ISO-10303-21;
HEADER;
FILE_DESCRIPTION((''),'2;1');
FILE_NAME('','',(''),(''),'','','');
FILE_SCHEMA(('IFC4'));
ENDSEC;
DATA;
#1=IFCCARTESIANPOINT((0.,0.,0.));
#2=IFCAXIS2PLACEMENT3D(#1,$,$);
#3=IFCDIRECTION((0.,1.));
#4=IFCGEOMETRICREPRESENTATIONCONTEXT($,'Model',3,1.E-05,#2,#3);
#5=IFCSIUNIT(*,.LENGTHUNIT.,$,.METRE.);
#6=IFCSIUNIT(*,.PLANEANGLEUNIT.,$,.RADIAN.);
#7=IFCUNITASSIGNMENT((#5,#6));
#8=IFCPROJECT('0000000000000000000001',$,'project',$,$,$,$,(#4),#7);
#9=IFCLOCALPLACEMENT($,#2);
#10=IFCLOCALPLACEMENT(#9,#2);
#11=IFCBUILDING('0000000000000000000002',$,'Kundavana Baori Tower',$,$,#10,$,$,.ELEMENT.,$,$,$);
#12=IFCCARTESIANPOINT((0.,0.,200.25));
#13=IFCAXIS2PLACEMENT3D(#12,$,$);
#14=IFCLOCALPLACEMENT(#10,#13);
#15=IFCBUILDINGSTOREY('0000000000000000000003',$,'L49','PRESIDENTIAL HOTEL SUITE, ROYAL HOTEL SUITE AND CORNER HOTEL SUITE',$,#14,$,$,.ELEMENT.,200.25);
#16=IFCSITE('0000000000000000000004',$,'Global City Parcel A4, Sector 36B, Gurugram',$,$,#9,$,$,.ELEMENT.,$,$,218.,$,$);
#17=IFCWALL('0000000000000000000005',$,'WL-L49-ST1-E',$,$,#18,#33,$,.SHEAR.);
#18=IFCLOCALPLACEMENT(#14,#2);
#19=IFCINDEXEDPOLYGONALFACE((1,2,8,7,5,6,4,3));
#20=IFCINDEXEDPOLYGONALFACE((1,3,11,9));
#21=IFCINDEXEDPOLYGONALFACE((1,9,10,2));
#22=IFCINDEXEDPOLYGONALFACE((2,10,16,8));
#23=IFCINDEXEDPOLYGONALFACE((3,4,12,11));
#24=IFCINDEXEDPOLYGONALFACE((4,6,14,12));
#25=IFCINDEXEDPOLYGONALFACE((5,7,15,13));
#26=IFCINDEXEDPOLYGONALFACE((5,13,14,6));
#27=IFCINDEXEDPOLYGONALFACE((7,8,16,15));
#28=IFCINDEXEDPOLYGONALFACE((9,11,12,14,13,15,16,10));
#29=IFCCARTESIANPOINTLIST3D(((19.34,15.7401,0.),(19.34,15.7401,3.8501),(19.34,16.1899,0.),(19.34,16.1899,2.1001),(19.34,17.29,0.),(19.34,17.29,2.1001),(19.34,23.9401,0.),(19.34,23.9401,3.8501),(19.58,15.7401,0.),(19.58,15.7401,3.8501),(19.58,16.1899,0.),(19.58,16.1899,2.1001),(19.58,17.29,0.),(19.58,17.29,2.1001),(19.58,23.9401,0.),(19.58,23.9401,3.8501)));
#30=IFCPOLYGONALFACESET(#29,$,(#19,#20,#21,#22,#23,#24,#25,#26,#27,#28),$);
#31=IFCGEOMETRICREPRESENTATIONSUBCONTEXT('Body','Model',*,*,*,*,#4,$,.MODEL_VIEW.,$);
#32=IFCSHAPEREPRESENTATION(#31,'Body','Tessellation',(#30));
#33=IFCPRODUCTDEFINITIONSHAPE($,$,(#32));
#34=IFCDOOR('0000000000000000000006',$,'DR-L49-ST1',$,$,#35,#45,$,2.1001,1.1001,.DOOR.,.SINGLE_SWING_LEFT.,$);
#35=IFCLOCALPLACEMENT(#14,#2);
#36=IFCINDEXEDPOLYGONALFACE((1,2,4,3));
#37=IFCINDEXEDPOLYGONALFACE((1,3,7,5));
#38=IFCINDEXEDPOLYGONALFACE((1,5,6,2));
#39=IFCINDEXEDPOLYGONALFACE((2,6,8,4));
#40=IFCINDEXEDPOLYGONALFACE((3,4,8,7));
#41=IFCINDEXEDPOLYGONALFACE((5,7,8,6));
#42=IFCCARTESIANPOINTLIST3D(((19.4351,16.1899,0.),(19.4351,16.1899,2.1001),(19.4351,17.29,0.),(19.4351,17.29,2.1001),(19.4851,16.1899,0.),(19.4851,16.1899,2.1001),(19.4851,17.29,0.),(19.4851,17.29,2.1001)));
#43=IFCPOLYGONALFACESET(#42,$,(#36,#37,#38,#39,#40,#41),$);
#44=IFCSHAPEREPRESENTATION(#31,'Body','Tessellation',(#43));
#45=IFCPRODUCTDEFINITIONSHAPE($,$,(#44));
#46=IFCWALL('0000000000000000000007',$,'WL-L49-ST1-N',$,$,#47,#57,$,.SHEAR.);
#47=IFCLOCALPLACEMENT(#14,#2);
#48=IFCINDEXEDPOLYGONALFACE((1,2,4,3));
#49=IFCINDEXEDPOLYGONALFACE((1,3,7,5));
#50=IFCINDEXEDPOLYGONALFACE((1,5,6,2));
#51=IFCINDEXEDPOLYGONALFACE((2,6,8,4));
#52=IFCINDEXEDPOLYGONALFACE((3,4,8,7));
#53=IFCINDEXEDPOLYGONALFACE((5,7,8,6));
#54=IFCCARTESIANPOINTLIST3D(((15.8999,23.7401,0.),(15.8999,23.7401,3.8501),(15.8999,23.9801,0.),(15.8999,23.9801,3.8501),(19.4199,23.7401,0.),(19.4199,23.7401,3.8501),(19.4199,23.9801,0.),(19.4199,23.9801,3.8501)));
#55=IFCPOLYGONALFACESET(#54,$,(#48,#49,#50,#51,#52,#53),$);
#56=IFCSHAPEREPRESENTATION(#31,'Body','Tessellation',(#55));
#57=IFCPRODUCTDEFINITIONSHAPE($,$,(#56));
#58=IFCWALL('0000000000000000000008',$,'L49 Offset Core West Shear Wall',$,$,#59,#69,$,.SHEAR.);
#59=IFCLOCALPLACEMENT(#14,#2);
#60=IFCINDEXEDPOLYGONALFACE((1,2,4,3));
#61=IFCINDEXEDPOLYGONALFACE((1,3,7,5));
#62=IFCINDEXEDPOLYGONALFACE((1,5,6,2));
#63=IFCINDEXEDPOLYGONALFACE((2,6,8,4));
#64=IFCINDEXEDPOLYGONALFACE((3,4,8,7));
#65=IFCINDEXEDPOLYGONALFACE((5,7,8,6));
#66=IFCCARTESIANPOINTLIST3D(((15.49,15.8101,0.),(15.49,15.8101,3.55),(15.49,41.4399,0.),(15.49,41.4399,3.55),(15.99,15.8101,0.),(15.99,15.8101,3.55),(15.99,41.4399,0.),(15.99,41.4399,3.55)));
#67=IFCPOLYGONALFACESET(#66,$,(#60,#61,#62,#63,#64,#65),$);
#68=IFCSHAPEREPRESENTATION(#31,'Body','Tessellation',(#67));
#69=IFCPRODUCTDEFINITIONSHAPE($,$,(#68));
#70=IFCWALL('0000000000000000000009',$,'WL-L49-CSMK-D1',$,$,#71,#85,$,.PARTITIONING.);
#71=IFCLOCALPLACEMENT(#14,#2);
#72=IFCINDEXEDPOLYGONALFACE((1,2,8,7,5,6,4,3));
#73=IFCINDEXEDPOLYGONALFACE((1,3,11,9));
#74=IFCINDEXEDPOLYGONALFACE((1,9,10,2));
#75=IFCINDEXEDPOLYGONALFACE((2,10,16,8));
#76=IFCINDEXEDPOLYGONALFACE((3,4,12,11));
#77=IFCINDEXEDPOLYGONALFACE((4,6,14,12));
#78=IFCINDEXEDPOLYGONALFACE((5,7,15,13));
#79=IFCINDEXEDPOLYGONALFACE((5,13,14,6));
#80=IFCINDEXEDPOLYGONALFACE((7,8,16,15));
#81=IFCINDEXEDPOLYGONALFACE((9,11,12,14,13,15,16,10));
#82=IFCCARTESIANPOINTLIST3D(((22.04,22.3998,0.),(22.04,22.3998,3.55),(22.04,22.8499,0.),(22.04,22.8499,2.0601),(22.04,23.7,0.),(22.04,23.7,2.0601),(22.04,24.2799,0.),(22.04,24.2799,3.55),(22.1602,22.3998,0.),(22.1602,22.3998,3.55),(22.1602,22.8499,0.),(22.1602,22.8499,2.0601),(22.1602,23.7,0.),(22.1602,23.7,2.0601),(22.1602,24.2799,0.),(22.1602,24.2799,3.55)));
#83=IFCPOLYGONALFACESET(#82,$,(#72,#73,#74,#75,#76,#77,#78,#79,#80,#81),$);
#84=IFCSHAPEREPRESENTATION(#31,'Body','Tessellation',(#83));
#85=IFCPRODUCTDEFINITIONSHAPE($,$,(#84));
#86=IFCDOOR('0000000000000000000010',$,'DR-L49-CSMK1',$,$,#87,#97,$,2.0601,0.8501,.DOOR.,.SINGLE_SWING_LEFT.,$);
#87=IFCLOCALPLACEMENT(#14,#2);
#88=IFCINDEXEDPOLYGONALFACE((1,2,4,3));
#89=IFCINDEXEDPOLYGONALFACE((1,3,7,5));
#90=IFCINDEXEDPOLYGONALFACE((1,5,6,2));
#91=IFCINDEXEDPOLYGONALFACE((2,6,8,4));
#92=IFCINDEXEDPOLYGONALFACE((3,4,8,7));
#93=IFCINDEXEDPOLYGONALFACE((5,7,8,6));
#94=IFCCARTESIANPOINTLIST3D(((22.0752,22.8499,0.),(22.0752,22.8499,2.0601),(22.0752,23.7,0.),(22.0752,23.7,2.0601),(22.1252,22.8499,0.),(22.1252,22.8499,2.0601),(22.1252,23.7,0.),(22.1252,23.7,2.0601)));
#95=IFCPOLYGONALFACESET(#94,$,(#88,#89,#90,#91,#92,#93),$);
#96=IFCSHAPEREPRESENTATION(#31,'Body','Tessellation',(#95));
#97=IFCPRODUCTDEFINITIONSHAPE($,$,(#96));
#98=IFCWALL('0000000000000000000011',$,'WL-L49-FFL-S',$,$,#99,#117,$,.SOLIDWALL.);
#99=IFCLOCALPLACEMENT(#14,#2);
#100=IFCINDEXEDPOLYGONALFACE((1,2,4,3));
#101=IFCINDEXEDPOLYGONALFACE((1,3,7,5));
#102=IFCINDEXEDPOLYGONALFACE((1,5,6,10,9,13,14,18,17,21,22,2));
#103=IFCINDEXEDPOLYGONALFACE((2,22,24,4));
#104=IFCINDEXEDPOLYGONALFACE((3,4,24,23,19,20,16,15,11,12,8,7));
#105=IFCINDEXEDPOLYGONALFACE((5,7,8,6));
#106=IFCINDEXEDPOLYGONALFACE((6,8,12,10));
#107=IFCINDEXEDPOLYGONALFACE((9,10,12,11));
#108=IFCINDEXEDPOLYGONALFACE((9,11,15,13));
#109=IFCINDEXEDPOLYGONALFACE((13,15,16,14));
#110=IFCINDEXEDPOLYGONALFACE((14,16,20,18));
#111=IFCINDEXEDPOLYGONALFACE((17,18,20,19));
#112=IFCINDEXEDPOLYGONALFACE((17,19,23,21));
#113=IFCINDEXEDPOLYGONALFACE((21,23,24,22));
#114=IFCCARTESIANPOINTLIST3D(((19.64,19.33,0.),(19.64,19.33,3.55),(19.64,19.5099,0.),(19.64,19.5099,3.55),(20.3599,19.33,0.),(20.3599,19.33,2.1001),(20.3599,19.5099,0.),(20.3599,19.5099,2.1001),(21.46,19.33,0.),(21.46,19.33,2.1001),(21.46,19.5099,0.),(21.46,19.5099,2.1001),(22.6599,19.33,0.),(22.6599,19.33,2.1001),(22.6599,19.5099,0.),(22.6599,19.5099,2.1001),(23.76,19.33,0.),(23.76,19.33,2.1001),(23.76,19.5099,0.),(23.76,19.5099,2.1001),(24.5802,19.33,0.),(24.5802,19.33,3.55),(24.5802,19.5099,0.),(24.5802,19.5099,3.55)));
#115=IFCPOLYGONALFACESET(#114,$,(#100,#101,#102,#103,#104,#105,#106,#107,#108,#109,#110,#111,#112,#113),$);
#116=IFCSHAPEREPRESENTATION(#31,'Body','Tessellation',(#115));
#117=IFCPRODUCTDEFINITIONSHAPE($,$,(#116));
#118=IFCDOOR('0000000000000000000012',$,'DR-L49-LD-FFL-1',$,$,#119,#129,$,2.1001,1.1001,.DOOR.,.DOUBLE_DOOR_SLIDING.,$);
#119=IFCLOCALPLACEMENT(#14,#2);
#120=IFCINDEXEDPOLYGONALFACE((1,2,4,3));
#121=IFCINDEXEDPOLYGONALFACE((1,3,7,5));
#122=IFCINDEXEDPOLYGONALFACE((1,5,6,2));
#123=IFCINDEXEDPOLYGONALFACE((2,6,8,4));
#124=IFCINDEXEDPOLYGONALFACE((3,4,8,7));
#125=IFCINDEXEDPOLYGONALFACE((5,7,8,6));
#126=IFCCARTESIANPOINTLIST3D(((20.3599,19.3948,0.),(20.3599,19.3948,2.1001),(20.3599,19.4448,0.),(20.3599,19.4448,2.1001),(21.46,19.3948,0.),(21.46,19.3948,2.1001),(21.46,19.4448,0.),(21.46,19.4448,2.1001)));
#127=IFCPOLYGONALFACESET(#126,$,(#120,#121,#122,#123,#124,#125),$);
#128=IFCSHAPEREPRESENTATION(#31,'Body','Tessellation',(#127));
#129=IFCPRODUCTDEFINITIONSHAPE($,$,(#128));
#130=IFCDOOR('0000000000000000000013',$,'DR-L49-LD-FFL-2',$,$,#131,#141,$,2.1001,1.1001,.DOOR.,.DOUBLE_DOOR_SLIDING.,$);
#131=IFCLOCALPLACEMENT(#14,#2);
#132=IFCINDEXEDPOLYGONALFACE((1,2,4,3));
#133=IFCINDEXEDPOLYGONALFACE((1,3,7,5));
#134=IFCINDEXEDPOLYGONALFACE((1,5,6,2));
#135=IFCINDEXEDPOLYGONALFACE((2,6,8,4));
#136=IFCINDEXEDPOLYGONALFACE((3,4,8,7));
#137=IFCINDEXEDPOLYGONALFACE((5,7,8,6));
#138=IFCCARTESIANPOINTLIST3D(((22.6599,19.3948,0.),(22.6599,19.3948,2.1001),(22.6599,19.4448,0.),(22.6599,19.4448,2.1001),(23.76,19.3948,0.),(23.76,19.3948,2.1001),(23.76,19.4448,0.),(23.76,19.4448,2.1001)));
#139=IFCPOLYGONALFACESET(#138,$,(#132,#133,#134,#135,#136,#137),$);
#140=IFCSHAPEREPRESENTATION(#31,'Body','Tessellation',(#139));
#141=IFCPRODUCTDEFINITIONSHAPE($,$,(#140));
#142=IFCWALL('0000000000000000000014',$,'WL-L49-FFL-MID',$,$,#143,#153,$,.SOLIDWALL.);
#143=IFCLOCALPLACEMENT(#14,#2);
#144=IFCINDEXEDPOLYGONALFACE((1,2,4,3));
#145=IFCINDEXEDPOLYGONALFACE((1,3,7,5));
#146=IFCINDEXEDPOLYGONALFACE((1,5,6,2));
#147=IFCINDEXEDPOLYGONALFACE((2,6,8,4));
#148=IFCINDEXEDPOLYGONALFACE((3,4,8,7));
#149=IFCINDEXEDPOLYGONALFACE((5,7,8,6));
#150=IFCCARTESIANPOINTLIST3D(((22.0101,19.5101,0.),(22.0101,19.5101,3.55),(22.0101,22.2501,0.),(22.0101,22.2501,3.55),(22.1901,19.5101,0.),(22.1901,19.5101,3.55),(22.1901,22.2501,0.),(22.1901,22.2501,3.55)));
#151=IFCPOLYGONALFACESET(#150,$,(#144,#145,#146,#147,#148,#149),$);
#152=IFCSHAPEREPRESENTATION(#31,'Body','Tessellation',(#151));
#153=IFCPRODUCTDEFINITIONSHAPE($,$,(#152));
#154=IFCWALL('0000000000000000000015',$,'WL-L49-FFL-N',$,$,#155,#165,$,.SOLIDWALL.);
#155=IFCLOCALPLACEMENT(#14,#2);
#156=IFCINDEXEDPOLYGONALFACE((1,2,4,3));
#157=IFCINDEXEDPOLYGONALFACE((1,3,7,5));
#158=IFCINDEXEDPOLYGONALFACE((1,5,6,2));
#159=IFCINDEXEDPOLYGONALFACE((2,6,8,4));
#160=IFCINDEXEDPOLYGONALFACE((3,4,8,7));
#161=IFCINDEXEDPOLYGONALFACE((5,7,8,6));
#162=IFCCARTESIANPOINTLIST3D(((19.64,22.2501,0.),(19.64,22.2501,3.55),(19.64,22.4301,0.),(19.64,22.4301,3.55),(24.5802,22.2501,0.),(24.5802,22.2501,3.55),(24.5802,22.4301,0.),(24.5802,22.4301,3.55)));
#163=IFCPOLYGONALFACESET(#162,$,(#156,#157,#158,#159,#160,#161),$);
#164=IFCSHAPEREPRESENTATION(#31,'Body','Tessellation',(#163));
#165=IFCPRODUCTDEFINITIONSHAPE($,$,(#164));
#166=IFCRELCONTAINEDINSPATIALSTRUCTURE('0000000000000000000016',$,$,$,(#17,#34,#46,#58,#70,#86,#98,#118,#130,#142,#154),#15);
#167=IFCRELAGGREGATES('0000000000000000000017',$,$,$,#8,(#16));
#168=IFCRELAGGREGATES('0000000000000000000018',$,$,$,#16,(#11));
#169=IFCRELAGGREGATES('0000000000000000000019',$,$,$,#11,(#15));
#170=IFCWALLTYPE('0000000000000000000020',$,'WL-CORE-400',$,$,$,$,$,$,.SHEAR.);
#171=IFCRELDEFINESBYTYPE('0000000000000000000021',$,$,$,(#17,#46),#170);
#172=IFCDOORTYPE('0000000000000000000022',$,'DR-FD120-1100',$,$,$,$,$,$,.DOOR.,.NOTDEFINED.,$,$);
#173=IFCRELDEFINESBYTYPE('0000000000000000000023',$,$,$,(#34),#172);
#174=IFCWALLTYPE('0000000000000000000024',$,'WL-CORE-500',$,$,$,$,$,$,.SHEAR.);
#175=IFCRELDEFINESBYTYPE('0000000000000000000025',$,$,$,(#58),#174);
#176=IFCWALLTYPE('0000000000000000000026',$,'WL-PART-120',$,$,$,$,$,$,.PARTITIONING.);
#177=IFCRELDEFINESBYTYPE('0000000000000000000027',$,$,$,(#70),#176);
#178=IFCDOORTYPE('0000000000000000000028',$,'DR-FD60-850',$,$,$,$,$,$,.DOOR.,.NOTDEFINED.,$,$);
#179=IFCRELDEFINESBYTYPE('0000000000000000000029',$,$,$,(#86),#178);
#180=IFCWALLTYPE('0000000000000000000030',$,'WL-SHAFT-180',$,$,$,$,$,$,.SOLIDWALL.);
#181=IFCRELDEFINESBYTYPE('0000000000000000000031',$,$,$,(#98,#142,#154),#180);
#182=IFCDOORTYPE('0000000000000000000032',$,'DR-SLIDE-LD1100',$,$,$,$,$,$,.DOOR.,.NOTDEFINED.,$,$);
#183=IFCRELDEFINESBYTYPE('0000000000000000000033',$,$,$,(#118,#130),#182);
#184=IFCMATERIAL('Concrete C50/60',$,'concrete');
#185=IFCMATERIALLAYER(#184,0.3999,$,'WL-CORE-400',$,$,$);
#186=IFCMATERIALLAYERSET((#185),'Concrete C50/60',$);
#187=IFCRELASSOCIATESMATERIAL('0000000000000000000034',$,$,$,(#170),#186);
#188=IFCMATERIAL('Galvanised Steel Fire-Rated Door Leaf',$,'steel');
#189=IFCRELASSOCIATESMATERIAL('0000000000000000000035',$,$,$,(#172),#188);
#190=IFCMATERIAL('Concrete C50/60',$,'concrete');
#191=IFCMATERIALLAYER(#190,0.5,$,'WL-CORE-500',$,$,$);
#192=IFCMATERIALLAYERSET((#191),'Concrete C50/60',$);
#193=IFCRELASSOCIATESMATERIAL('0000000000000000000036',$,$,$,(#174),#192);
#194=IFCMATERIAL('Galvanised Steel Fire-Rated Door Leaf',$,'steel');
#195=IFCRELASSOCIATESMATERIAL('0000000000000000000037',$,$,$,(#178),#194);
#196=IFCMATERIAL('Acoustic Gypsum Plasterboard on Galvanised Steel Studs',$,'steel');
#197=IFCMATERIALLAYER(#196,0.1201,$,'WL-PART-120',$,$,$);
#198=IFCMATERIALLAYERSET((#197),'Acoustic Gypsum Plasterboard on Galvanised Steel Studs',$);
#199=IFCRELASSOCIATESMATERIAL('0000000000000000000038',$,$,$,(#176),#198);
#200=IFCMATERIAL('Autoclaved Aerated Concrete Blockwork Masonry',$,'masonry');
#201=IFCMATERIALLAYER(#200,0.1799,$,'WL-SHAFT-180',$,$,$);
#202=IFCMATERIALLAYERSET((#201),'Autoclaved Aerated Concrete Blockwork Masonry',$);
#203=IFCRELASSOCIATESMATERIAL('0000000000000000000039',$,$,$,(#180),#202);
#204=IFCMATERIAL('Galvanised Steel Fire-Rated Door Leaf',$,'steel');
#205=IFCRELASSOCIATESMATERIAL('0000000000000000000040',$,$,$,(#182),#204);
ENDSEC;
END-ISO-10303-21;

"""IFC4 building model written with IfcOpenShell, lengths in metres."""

from ifc_helpers import new_model, si_unit, direction, frame, frame_2d, origin, place, context, subcontext, project, spatial, rectangle, extrude, material, layer, layer_set, type_object, element, fill, save


model = new_model("IFC4")

# Units and contexts
model_context = context("Model", 3, precision=1e-05, world=origin(), true_north=direction((0.0, 1.0)))
body_context = subcontext(model_context, "Body", "Model", "MODEL_VIEW")
ifc_project = project(units=[si_unit("LENGTHUNIT", "METRE"), si_unit("PLANEANGLEUNIT", "RADIAN")], contexts=[model_context])

# Site, building, storey
site_placement = place(None, origin())
site = spatial("IfcSite", under=ifc_project, at=site_placement, Name="Global City Parcel A4, Sector 36B, Gurugram", CompositionType="ELEMENT", RefElevation=218.0)
building_placement = place(site_placement, origin())
building = spatial("IfcBuilding", under=site, at=building_placement, Name="Kundavana Baori Tower", CompositionType="ELEMENT")
storey_placement = place(building_placement, frame((0.0, 0.0, 200.25)))
storey = spatial("IfcBuildingStorey", under=building, at=storey_placement, Name="L49", Description="PRESIDENTIAL HOTEL SUITE, ROYAL HOTEL SUITE AND CORNER HOTEL SUITE", CompositionType="ELEMENT", Elevation=200.25)

# Wall, opening, door
ifc_material_1 = material(Name="Concrete C50/60", Category="concrete")
ifc_layer_1 = layer(ifc_material_1, 0.3999, Name="WL-CORE-400")
ifc_layer_set_1 = layer_set([ifc_layer_1], Name="Concrete C50/60")
wall_type_1 = type_object("IfcWallType", Name="WL-CORE-400", PredefinedType="SHEAR", material=ifc_layer_set_1)
wall_1_placement = place(storey_placement, frame((19.46, 15.74, 0.0), z_axis=(0.0, 0.0, 1.0), x_axis=(0.0, 1.0, 0.0)))
wall_1 = element("IfcWall", 1, at=wall_1_placement, inside=storey, type_object=wall_type_1, Name="WL-L49-ST1-E", PredefinedType="SHEAR", context=body_context, shape_type="SweptSolid", body=[
    extrude(rectangle(XDim=8.2, YDim=0.24, at=frame_2d((4.1001, 0.0))), origin(), (0.0, 0.0, 1.0), 3.8501),
])
opening_1_placement = place(wall_1_placement, frame((0.45, 0.0, 0.0)))
opening_1 = element("IfcOpeningElement", 2, at=opening_1_placement, cuts=wall_1, PredefinedType="OPENING", context=body_context, shape_type="SweptSolid", body=[
    extrude(rectangle(XDim=1.1001, YDim=2.1001, at=frame_2d((0.55, 1.05))), frame((0.0, 0.1299, 0.0), z_axis=(0.0, -1.0, 0.0), x_axis=(1.0, 0.0, 0.0)), (0.0, 0.0, 1.0), 0.26),
])
ifc_material_2 = material(Name="Galvanised Steel Fire-Rated Door Leaf", Category="steel")
door_type_1 = type_object("IfcDoorType", Name="DR-FD120-1100", OperationType="NOTDEFINED", PredefinedType="DOOR", material=ifc_material_2)
door_1_placement = place(opening_1_placement, origin())
door_1 = element("IfcDoor", 3, at=door_1_placement, inside=storey, type_object=door_type_1, Name="DR-L49-ST1", OperationType="SINGLE_SWING_LEFT", OverallHeight=2.1001, OverallWidth=1.1001, PredefinedType="DOOR", context=body_context, shape_type="SweptSolid", body=[
    extrude(rectangle(XDim=1.1001, YDim=2.1001, at=frame_2d((0.55, 1.05))), frame((0.0, 0.0249, 0.0), z_axis=(0.0, -1.0, 0.0), x_axis=(1.0, 0.0, 0.0)), (0.0, 0.0, 1.0), 0.05),
])
fill(opening_1, door_1)

# Walls
wall_2_placement = place(storey_placement, frame((15.8999, 23.8601, 0.0), z_axis=(0.0, 0.0, 1.0), x_axis=(1.0, 0.0, 0.0)))
element("IfcWall", 4, at=wall_2_placement, inside=storey, type_object=wall_type_1, Name="WL-L49-ST1-N", PredefinedType="SHEAR", context=body_context, shape_type="SweptSolid", body=[
    extrude(rectangle(XDim=3.52, YDim=0.24, at=frame_2d((1.76, 0.0))), origin(), (0.0, 0.0, 1.0), 3.8501),
])
ifc_material_3 = material(Name="Concrete C50/60", Category="concrete")
ifc_layer_2 = layer(ifc_material_3, 0.5, Name="WL-CORE-500")
ifc_layer_set_2 = layer_set([ifc_layer_2], Name="Concrete C50/60")
wall_type_2 = type_object("IfcWallType", Name="WL-CORE-500", PredefinedType="SHEAR", material=ifc_layer_set_2)
wall_3_placement = place(storey_placement, frame((15.74, 15.8101, 0.0), z_axis=(0.0, 0.0, 1.0), x_axis=(0.0, 1.0, 0.0)))
element("IfcWall", 5, at=wall_3_placement, inside=storey, type_object=wall_type_2, Name="L49 Offset Core West Shear Wall", PredefinedType="SHEAR", context=body_context, shape_type="SweptSolid", body=[
    extrude(rectangle(XDim=25.6299, YDim=0.5, at=frame_2d((12.8149, 0.0))), origin(), (0.0, 0.0, 1.0), 3.55),
])

# Shared definitions
ifc_material_4 = material(Name="Galvanised Steel Fire-Rated Door Leaf", Category="steel")
door_type_2 = type_object("IfcDoorType", Name="DR-FD60-850", OperationType="NOTDEFINED", PredefinedType="DOOR", material=ifc_material_4)

# Wall, opening, door
ifc_material_5 = material(Name="Acoustic Gypsum Plasterboard on Galvanised Steel Studs", Category="steel")
ifc_layer_3 = layer(ifc_material_5, 0.1201, Name="WL-PART-120")
ifc_layer_set_3 = layer_set([ifc_layer_3], Name="Acoustic Gypsum Plasterboard on Galvanised Steel Studs")
wall_type_3 = type_object("IfcWallType", Name="WL-PART-120", PredefinedType="PARTITIONING", material=ifc_layer_set_3)
wall_4_placement = place(storey_placement, frame((22.1001, 22.3999, 0.0), z_axis=(0.0, 0.0, 1.0), x_axis=(0.0, 1.0, 0.0)))
wall_4 = element("IfcWall", 6, at=wall_4_placement, inside=storey, type_object=wall_type_3, Name="WL-L49-CSMK-D1", PredefinedType="PARTITIONING", context=body_context, shape_type="SweptSolid", body=[
    extrude(rectangle(XDim=1.8801, YDim=0.1201, at=frame_2d((0.9399, 0.0))), origin(), (0.0, 0.0, 1.0), 3.55),
])
opening_2_placement = place(wall_4_placement, frame((0.45, 0.0, 0.0)))
opening_2 = element("IfcOpeningElement", 7, at=opening_2_placement, cuts=wall_4, PredefinedType="OPENING", context=body_context, shape_type="SweptSolid", body=[
    extrude(rectangle(XDim=0.8501, YDim=2.0601, at=frame_2d((0.425, 1.03))), frame((0.0, 0.0701, 0.0), z_axis=(0.0, -1.0, 0.0), x_axis=(1.0, 0.0, 0.0)), (0.0, 0.0, 1.0), 0.1401),
])
door_2_placement = place(opening_2_placement, origin())
door_2 = element("IfcDoor", 8, at=door_2_placement, inside=storey, type_object=door_type_2, Name="DR-L49-CSMK1", OperationType="SINGLE_SWING_LEFT", OverallHeight=2.0601, OverallWidth=0.8501, PredefinedType="DOOR", context=body_context, shape_type="SweptSolid", body=[
    extrude(rectangle(XDim=0.8501, YDim=2.0601, at=frame_2d((0.425, 1.03))), frame((0.0, 0.0249, 0.0), z_axis=(0.0, -1.0, 0.0), x_axis=(1.0, 0.0, 0.0)), (0.0, 0.0, 1.0), 0.05),
])
fill(opening_2, door_2)

# Wall, openings, doors
ifc_material_6 = material(Name="Autoclaved Aerated Concrete Blockwork Masonry", Category="masonry")
ifc_layer_4 = layer(ifc_material_6, 0.1799, Name="WL-SHAFT-180")
ifc_layer_set_4 = layer_set([ifc_layer_4], Name="Autoclaved Aerated Concrete Blockwork Masonry")
wall_type_4 = type_object("IfcWallType", Name="WL-SHAFT-180", PredefinedType="SOLIDWALL", material=ifc_layer_set_4)
wall_5_placement = place(storey_placement, frame((19.6399, 19.4199, 0.0), z_axis=(0.0, 0.0, 1.0), x_axis=(1.0, 0.0, 0.0)))
wall_5 = element("IfcWall", 9, at=wall_5_placement, inside=storey, type_object=wall_type_4, Name="WL-L49-FFL-S", PredefinedType="SOLIDWALL", context=body_context, shape_type="SweptSolid", body=[
    extrude(rectangle(XDim=4.9402, YDim=0.1799, at=frame_2d((2.4702, 0.0))), origin(), (0.0, 0.0, 1.0), 3.55),
])
opening_3_placement = place(wall_5_placement, frame((0.72, 0.0, 0.0)))
opening_3 = element("IfcOpeningElement", 10, at=opening_3_placement, cuts=wall_5, PredefinedType="OPENING", context=body_context, shape_type="SweptSolid", body=[
    extrude(rectangle(XDim=1.1001, YDim=2.1001, at=frame_2d((0.55, 1.05))), frame((0.0, 0.1001, 0.0), z_axis=(0.0, -1.0, 0.0), x_axis=(1.0, 0.0, 0.0)), (0.0, 0.0, 1.0), 0.2),
])
opening_4_placement = place(wall_5_placement, frame((3.02, 0.0, 0.0)))
opening_4 = element("IfcOpeningElement", 11, at=opening_4_placement, cuts=wall_5, PredefinedType="OPENING", context=body_context, shape_type="SweptSolid", body=[
    extrude(rectangle(XDim=1.1001, YDim=2.1001, at=frame_2d((0.55, 1.05))), frame((0.0, 0.1001, 0.0), z_axis=(0.0, -1.0, 0.0), x_axis=(1.0, 0.0, 0.0)), (0.0, 0.0, 1.0), 0.2),
])
ifc_material_7 = material(Name="Galvanised Steel Fire-Rated Door Leaf", Category="steel")
door_type_3 = type_object("IfcDoorType", Name="DR-SLIDE-LD1100", OperationType="NOTDEFINED", PredefinedType="DOOR", material=ifc_material_7)
door_3_placement = place(opening_3_placement, origin())
door_3 = element("IfcDoor", 12, at=door_3_placement, inside=storey, type_object=door_type_3, Name="DR-L49-LD-FFL-1", OperationType="DOUBLE_DOOR_SLIDING", OverallHeight=2.1001, OverallWidth=1.1001, PredefinedType="DOOR", context=body_context, shape_type="SweptSolid", body=[
    extrude(rectangle(XDim=1.1001, YDim=2.1001, at=frame_2d((0.55, 1.05))), frame((0.0, 0.0249, 0.0), z_axis=(0.0, -1.0, 0.0), x_axis=(1.0, 0.0, 0.0)), (0.0, 0.0, 1.0), 0.05),
])
fill(opening_3, door_3)
door_4_placement = place(opening_4_placement, origin())
door_4 = element("IfcDoor", 13, at=door_4_placement, inside=storey, type_object=door_type_3, Name="DR-L49-LD-FFL-2", OperationType="DOUBLE_DOOR_SLIDING", OverallHeight=2.1001, OverallWidth=1.1001, PredefinedType="DOOR", context=body_context, shape_type="SweptSolid", body=[
    extrude(rectangle(XDim=1.1001, YDim=2.1001, at=frame_2d((0.55, 1.05))), frame((0.0, 0.0249, 0.0), z_axis=(0.0, -1.0, 0.0), x_axis=(1.0, 0.0, 0.0)), (0.0, 0.0, 1.0), 0.05),
])
fill(opening_4, door_4)

# Walls
wall_6_placement = place(storey_placement, frame((22.1001, 19.51, 0.0), z_axis=(0.0, 0.0, 1.0), x_axis=(0.0, 1.0, 0.0)))
element("IfcWall", 14, at=wall_6_placement, inside=storey, type_object=wall_type_4, Name="WL-L49-FFL-MID", PredefinedType="SOLIDWALL", context=body_context, shape_type="SweptSolid", body=[
    extrude(rectangle(XDim=2.74, YDim=0.1799, at=frame_2d((1.3701, 0.0))), origin(), (0.0, 0.0, 1.0), 3.55),
])
wall_7_placement = place(storey_placement, frame((19.6399, 22.3401, 0.0), z_axis=(0.0, 0.0, 1.0), x_axis=(1.0, 0.0, 0.0)))
element("IfcWall", 15, at=wall_7_placement, inside=storey, type_object=wall_type_4, Name="WL-L49-FFL-N", PredefinedType="SOLIDWALL", context=body_context, shape_type="SweptSolid", body=[
    extrude(rectangle(XDim=4.9402, YDim=0.1799, at=frame_2d((2.4702, 0.0))), origin(), (0.0, 0.0, 1.0), 3.55),
])

save(model, "model.ifc")
